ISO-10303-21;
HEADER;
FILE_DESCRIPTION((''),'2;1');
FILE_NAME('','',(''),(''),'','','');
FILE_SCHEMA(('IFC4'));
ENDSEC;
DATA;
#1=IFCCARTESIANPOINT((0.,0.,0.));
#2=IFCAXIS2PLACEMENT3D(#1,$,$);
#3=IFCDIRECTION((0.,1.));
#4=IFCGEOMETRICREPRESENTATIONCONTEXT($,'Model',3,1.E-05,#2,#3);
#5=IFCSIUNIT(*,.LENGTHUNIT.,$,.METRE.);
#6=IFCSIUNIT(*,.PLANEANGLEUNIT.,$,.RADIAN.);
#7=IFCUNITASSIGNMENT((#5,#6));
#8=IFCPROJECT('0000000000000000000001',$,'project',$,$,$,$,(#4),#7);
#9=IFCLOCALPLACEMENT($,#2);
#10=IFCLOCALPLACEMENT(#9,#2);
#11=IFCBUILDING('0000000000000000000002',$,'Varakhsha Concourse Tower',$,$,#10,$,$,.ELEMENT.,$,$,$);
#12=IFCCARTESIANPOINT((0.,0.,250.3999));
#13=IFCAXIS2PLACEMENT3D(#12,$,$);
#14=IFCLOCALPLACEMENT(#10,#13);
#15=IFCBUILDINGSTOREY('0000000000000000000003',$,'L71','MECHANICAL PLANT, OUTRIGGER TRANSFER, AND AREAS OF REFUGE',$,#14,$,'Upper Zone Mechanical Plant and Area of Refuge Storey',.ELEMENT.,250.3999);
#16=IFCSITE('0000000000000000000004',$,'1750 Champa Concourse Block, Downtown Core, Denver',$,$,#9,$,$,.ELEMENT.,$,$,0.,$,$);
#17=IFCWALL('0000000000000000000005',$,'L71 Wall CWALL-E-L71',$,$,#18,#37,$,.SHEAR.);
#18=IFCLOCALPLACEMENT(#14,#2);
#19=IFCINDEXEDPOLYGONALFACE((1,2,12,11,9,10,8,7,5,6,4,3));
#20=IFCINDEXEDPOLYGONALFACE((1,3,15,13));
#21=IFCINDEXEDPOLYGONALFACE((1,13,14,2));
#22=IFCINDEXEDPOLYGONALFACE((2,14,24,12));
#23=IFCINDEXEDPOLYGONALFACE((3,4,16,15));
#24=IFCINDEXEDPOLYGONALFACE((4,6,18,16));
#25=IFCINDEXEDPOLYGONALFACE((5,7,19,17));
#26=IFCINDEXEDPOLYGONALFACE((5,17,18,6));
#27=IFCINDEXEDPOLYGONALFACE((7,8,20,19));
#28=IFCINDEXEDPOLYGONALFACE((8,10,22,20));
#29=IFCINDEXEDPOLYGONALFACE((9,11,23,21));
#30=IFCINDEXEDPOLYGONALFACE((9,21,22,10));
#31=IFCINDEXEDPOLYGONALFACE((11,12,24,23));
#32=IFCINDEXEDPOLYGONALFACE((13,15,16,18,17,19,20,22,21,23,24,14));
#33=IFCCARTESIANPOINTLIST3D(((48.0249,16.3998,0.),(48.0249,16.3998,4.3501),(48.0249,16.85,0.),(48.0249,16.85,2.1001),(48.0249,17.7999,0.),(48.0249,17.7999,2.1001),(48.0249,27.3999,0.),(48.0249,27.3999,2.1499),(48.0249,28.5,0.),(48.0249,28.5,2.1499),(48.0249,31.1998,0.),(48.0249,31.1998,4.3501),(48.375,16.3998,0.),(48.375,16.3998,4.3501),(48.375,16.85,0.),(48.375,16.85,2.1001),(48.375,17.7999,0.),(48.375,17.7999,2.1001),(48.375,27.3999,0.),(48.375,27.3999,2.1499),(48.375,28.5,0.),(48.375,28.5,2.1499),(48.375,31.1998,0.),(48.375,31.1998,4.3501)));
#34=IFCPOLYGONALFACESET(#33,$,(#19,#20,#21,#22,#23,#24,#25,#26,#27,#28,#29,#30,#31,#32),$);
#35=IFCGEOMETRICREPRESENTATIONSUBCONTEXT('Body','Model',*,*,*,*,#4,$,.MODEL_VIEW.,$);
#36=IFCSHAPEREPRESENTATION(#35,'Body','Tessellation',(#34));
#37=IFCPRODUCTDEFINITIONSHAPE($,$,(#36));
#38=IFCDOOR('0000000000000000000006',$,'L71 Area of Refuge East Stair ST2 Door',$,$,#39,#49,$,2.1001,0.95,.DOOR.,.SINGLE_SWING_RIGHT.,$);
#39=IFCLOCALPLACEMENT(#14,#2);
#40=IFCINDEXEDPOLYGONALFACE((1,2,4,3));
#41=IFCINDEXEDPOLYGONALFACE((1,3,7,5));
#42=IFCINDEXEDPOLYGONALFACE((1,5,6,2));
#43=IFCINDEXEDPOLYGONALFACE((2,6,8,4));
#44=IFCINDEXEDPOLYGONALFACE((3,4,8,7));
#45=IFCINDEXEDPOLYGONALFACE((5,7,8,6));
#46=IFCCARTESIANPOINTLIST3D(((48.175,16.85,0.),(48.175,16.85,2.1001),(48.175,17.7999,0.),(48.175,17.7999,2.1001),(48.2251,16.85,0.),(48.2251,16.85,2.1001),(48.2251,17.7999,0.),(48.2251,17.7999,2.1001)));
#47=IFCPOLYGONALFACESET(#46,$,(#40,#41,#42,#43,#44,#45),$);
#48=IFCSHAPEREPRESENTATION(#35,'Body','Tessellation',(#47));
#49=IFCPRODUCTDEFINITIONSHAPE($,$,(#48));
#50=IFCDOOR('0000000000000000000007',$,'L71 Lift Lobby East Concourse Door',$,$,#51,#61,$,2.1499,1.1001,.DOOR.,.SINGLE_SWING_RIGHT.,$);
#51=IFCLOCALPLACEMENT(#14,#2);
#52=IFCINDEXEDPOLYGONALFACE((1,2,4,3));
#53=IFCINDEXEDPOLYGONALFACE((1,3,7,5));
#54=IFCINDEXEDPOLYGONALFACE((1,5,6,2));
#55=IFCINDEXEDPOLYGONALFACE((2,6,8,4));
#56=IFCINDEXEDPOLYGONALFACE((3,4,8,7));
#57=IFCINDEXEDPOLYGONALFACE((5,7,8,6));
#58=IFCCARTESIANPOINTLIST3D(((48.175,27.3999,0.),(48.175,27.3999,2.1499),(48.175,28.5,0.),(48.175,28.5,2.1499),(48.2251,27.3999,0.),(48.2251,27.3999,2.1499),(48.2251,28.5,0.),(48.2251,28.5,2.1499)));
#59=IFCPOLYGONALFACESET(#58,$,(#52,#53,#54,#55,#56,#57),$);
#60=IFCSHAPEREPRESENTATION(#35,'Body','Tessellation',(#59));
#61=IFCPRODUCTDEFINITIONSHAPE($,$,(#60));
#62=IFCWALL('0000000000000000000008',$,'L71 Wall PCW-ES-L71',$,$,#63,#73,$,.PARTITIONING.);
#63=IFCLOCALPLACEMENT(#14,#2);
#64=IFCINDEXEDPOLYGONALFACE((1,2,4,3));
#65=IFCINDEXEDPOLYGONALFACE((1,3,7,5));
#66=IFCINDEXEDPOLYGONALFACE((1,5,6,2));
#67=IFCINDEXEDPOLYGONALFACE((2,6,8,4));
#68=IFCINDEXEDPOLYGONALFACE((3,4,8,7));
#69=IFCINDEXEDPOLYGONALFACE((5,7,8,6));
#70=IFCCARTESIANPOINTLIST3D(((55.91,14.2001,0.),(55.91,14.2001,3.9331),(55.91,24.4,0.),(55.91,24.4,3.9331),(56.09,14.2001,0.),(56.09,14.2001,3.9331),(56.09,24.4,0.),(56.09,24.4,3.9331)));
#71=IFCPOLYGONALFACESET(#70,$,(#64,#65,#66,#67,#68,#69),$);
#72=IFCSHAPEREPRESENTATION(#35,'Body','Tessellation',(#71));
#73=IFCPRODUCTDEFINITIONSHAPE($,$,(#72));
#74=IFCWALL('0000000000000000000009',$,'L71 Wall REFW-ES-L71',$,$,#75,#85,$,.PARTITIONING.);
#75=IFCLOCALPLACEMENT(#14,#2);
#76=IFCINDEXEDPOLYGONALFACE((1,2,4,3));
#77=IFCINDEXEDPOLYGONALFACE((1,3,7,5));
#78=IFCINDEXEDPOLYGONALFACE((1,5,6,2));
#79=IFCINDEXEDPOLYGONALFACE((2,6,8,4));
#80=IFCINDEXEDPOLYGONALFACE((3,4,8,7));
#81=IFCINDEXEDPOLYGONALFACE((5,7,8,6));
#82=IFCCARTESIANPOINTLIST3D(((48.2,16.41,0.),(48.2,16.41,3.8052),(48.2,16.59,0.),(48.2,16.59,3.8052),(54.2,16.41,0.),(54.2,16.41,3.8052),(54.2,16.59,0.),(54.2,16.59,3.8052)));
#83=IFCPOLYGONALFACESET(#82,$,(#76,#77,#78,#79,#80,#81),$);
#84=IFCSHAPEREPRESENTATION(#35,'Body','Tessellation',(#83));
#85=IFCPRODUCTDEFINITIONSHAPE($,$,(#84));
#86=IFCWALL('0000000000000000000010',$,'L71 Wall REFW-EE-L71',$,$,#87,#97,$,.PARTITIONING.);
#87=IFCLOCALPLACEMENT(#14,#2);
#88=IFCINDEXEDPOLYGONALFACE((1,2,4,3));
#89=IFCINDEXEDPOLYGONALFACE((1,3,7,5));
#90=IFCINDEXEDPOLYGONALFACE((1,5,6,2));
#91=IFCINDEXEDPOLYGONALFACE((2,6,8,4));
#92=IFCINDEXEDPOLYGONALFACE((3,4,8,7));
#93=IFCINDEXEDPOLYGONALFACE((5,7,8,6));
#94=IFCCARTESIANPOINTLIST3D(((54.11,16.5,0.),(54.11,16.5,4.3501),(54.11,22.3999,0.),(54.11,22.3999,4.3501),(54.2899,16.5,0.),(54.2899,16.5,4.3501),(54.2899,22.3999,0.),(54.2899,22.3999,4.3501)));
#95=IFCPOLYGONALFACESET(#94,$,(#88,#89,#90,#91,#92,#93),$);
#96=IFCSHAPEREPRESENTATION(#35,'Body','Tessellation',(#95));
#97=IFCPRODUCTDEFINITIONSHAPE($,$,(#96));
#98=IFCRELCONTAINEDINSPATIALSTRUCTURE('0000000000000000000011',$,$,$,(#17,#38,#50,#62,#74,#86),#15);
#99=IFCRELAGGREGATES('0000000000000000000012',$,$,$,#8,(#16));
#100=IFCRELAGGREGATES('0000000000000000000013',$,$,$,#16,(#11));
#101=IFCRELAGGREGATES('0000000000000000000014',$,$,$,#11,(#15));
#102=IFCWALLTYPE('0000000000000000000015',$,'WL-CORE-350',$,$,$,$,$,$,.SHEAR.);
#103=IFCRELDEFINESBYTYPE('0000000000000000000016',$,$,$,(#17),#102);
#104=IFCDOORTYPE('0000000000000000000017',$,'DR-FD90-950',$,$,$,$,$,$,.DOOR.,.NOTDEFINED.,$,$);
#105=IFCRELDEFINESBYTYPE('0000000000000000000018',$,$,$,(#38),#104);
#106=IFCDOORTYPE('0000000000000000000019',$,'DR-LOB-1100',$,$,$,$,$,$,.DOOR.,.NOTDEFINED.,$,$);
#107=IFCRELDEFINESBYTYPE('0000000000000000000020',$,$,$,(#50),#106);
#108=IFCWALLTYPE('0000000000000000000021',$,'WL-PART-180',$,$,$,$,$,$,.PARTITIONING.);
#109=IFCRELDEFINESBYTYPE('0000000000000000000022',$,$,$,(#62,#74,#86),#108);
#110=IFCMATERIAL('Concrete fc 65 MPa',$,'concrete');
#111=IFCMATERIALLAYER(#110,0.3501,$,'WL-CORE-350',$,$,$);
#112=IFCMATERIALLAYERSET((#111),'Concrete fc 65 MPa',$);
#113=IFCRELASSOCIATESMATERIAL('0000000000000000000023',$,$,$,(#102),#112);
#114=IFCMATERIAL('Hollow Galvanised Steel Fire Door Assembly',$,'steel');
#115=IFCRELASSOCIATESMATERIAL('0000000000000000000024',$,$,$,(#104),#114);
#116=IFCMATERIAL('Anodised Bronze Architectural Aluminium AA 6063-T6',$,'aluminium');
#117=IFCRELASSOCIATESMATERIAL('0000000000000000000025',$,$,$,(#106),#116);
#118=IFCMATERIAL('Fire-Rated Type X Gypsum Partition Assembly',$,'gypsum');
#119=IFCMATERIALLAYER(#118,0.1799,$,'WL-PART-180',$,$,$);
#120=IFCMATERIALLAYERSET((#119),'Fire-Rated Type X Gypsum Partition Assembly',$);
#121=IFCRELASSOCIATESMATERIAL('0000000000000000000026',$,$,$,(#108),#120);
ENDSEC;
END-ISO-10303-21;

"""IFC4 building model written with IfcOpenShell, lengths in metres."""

from ifc_helpers import new_model, si_unit, direction, frame, frame_2d, origin, place, context, subcontext, project, spatial, rectangle, extrude, material, layer, layer_set, type_object, element, fill, save


model = new_model("IFC4")

# Units and contexts
model_context = context("Model", 3, precision=1e-05, world=origin(), true_north=direction((0.0, 1.0)))
body_context = subcontext(model_context, "Body", "Model", "MODEL_VIEW")
ifc_project = project(units=[si_unit("LENGTHUNIT", "METRE"), si_unit("PLANEANGLEUNIT", "RADIAN")], contexts=[model_context])

# Site, building, storey
site_placement = place(None, origin())
site = spatial("IfcSite", under=ifc_project, at=site_placement, Name="1750 Champa Concourse Block, Downtown Core, Denver", CompositionType="ELEMENT", RefElevation=0.0)
building_placement = place(site_placement, origin())
building = spatial("IfcBuilding", under=site, at=building_placement, Name="Varakhsha Concourse Tower", CompositionType="ELEMENT")
storey_placement = place(building_placement, frame((0.0, 0.0, 250.3999)))
storey = spatial("IfcBuildingStorey", under=building, at=storey_placement, Name="L71", Description="MECHANICAL PLANT, OUTRIGGER TRANSFER, AND AREAS OF REFUGE", LongName="Upper Zone Mechanical Plant and Area of Refuge Storey", CompositionType="ELEMENT", Elevation=250.3999)

# Shared definitions
ifc_material_1 = material(Name="Concrete fc 65 MPa", Category="concrete")

# Shared definitions
ifc_material_2 = material(Name="Anodised Bronze Architectural Aluminium AA 6063-T6", Category="aluminium")

# Wall, openings, doors
ifc_layer_1 = layer(ifc_material_1, 0.3501, Name="WL-CORE-350")
ifc_layer_set_1 = layer_set([ifc_layer_1], Name="Concrete fc 65 MPa")
wall_type_1 = type_object("IfcWallType", Name="WL-CORE-350", PredefinedType="SHEAR", material=ifc_layer_set_1)
wall_1_placement = place(storey_placement, frame((48.2, 16.3999, 0.0), z_axis=(0.0, 0.0, 1.0), x_axis=(0.0, 1.0, 0.0)))
wall_1 = element("IfcWall", 1, at=wall_1_placement, inside=storey, type_object=wall_type_1, Name="L71 Wall CWALL-E-L71", PredefinedType="SHEAR", context=body_context, shape_type="SweptSolid", body=[
    extrude(rectangle(XDim=14.8, YDim=0.3501, at=frame_2d((7.3999, 0.0))), origin(), (0.0, 0.0, 1.0), 4.3501),
])
opening_1_placement = place(wall_1_placement, frame((11.0, 0.0, 0.0)))
opening_1 = element("IfcOpeningElement", 2, at=opening_1_placement, cuts=wall_1, PredefinedType="OPENING", context=body_context, shape_type="SweptSolid", body=[
    extrude(rectangle(XDim=1.1001, YDim=2.1499, at=frame_2d((0.55, 1.075))), frame((0.0, 0.1851, 0.0), z_axis=(0.0, -1.0, 0.0), x_axis=(1.0, 0.0, 0.0)), (0.0, 0.0, 1.0), 0.3701),
])
opening_2_placement = place(wall_1_placement, frame((0.45, 0.0, 0.0)))
opening_2 = element("IfcOpeningElement", 3, at=opening_2_placement, cuts=wall_1, PredefinedType="OPENING", context=body_context, shape_type="SweptSolid", body=[
    extrude(rectangle(XDim=0.95, YDim=2.1001, at=frame_2d((0.4751, 1.05))), frame((0.0, 0.1851, 0.0), z_axis=(0.0, -1.0, 0.0), x_axis=(1.0, 0.0, 0.0)), (0.0, 0.0, 1.0), 0.3701),
])
ifc_material_3 = material(Name="Hollow Galvanised Steel Fire Door Assembly", Category="steel")
door_type_1 = type_object("IfcDoorType", Name="DR-FD90-950", OperationType="NOTDEFINED", PredefinedType="DOOR", material=ifc_material_3)
door_1_placement = place(opening_2_placement, origin())
door_1 = element("IfcDoor", 4, at=door_1_placement, inside=storey, type_object=door_type_1, Name="L71 Area of Refuge East Stair ST2 Door", OperationType="SINGLE_SWING_RIGHT", OverallHeight=2.1001, OverallWidth=0.95, PredefinedType="DOOR", context=body_context, shape_type="SweptSolid", body=[
    extrude(rectangle(XDim=0.95, YDim=2.1001, at=frame_2d((0.4751, 1.05))), frame((0.0, 0.0249, 0.0), z_axis=(0.0, -1.0, 0.0), x_axis=(1.0, 0.0, 0.0)), (0.0, 0.0, 1.0), 0.05),
])
fill(opening_2, door_1)
door_type_2 = type_object("IfcDoorType", Name="DR-LOB-1100", OperationType="NOTDEFINED", PredefinedType="DOOR", material=ifc_material_2)
door_2_placement = place(opening_1_placement, origin())
door_2 = element("IfcDoor", 5, at=door_2_placement, inside=storey, type_object=door_type_2, Name="L71 Lift Lobby East Concourse Door", OperationType="SINGLE_SWING_RIGHT", OverallHeight=2.1499, OverallWidth=1.1001, PredefinedType="DOOR", context=body_context, shape_type="SweptSolid", body=[
    extrude(rectangle(XDim=1.1001, YDim=2.1499, at=frame_2d((0.55, 1.075))), frame((0.0, 0.0249, 0.0), z_axis=(0.0, -1.0, 0.0), x_axis=(1.0, 0.0, 0.0)), (0.0, 0.0, 1.0), 0.05),
])
fill(opening_1, door_2)

# Walls
ifc_material_4 = material(Name="Fire-Rated Type X Gypsum Partition Assembly", Category="gypsum")
ifc_layer_2 = layer(ifc_material_4, 0.1799, Name="WL-PART-180")
ifc_layer_set_2 = layer_set([ifc_layer_2], Name="Fire-Rated Type X Gypsum Partition Assembly")
wall_type_2 = type_object("IfcWallType", Name="WL-PART-180", PredefinedType="PARTITIONING", material=ifc_layer_set_2)
wall_2_placement = place(storey_placement, frame((56.0, 14.2, 0.0), z_axis=(0.0, 0.0, 1.0), x_axis=(0.0, 1.0, 0.0)))
element("IfcWall", 6, at=wall_2_placement, inside=storey, type_object=wall_type_2, Name="L71 Wall PCW-ES-L71", PredefinedType="PARTITIONING", context=body_context, shape_type="SweptSolid", body=[
    extrude(rectangle(XDim=10.2, YDim=0.1799, at=frame_2d((5.1001, 0.0))), origin(), (0.0, 0.0, 1.0), 3.9331),
])
wall_3_placement = place(storey_placement, frame((48.2, 16.5, 0.0), z_axis=(0.0, 0.0, 1.0), x_axis=(1.0, 0.0, 0.0)))
element("IfcWall", 7, at=wall_3_placement, inside=storey, type_object=wall_type_2, Name="L71 Wall REFW-ES-L71", PredefinedType="PARTITIONING", context=body_context, shape_type="SweptSolid", body=[
    extrude(rectangle(XDim=6.0, YDim=0.1799, at=frame_2d((3.0, 0.0))), origin(), (0.0, 0.0, 1.0), 3.8052),
])
wall_4_placement = place(storey_placement, frame((54.2, 16.5, 0.0), z_axis=(0.0, 0.0, 1.0), x_axis=(0.0, 1.0, 0.0)))
element("IfcWall", 8, at=wall_4_placement, inside=storey, type_object=wall_type_2, Name="L71 Wall REFW-EE-L71", PredefinedType="PARTITIONING", context=body_context, shape_type="SweptSolid", body=[
    extrude(rectangle(XDim=5.8999, YDim=0.1799, at=frame_2d((2.95, 0.0))), origin(), (0.0, 0.0, 1.0), 4.3501),
])

save(model, "model.ifc")
